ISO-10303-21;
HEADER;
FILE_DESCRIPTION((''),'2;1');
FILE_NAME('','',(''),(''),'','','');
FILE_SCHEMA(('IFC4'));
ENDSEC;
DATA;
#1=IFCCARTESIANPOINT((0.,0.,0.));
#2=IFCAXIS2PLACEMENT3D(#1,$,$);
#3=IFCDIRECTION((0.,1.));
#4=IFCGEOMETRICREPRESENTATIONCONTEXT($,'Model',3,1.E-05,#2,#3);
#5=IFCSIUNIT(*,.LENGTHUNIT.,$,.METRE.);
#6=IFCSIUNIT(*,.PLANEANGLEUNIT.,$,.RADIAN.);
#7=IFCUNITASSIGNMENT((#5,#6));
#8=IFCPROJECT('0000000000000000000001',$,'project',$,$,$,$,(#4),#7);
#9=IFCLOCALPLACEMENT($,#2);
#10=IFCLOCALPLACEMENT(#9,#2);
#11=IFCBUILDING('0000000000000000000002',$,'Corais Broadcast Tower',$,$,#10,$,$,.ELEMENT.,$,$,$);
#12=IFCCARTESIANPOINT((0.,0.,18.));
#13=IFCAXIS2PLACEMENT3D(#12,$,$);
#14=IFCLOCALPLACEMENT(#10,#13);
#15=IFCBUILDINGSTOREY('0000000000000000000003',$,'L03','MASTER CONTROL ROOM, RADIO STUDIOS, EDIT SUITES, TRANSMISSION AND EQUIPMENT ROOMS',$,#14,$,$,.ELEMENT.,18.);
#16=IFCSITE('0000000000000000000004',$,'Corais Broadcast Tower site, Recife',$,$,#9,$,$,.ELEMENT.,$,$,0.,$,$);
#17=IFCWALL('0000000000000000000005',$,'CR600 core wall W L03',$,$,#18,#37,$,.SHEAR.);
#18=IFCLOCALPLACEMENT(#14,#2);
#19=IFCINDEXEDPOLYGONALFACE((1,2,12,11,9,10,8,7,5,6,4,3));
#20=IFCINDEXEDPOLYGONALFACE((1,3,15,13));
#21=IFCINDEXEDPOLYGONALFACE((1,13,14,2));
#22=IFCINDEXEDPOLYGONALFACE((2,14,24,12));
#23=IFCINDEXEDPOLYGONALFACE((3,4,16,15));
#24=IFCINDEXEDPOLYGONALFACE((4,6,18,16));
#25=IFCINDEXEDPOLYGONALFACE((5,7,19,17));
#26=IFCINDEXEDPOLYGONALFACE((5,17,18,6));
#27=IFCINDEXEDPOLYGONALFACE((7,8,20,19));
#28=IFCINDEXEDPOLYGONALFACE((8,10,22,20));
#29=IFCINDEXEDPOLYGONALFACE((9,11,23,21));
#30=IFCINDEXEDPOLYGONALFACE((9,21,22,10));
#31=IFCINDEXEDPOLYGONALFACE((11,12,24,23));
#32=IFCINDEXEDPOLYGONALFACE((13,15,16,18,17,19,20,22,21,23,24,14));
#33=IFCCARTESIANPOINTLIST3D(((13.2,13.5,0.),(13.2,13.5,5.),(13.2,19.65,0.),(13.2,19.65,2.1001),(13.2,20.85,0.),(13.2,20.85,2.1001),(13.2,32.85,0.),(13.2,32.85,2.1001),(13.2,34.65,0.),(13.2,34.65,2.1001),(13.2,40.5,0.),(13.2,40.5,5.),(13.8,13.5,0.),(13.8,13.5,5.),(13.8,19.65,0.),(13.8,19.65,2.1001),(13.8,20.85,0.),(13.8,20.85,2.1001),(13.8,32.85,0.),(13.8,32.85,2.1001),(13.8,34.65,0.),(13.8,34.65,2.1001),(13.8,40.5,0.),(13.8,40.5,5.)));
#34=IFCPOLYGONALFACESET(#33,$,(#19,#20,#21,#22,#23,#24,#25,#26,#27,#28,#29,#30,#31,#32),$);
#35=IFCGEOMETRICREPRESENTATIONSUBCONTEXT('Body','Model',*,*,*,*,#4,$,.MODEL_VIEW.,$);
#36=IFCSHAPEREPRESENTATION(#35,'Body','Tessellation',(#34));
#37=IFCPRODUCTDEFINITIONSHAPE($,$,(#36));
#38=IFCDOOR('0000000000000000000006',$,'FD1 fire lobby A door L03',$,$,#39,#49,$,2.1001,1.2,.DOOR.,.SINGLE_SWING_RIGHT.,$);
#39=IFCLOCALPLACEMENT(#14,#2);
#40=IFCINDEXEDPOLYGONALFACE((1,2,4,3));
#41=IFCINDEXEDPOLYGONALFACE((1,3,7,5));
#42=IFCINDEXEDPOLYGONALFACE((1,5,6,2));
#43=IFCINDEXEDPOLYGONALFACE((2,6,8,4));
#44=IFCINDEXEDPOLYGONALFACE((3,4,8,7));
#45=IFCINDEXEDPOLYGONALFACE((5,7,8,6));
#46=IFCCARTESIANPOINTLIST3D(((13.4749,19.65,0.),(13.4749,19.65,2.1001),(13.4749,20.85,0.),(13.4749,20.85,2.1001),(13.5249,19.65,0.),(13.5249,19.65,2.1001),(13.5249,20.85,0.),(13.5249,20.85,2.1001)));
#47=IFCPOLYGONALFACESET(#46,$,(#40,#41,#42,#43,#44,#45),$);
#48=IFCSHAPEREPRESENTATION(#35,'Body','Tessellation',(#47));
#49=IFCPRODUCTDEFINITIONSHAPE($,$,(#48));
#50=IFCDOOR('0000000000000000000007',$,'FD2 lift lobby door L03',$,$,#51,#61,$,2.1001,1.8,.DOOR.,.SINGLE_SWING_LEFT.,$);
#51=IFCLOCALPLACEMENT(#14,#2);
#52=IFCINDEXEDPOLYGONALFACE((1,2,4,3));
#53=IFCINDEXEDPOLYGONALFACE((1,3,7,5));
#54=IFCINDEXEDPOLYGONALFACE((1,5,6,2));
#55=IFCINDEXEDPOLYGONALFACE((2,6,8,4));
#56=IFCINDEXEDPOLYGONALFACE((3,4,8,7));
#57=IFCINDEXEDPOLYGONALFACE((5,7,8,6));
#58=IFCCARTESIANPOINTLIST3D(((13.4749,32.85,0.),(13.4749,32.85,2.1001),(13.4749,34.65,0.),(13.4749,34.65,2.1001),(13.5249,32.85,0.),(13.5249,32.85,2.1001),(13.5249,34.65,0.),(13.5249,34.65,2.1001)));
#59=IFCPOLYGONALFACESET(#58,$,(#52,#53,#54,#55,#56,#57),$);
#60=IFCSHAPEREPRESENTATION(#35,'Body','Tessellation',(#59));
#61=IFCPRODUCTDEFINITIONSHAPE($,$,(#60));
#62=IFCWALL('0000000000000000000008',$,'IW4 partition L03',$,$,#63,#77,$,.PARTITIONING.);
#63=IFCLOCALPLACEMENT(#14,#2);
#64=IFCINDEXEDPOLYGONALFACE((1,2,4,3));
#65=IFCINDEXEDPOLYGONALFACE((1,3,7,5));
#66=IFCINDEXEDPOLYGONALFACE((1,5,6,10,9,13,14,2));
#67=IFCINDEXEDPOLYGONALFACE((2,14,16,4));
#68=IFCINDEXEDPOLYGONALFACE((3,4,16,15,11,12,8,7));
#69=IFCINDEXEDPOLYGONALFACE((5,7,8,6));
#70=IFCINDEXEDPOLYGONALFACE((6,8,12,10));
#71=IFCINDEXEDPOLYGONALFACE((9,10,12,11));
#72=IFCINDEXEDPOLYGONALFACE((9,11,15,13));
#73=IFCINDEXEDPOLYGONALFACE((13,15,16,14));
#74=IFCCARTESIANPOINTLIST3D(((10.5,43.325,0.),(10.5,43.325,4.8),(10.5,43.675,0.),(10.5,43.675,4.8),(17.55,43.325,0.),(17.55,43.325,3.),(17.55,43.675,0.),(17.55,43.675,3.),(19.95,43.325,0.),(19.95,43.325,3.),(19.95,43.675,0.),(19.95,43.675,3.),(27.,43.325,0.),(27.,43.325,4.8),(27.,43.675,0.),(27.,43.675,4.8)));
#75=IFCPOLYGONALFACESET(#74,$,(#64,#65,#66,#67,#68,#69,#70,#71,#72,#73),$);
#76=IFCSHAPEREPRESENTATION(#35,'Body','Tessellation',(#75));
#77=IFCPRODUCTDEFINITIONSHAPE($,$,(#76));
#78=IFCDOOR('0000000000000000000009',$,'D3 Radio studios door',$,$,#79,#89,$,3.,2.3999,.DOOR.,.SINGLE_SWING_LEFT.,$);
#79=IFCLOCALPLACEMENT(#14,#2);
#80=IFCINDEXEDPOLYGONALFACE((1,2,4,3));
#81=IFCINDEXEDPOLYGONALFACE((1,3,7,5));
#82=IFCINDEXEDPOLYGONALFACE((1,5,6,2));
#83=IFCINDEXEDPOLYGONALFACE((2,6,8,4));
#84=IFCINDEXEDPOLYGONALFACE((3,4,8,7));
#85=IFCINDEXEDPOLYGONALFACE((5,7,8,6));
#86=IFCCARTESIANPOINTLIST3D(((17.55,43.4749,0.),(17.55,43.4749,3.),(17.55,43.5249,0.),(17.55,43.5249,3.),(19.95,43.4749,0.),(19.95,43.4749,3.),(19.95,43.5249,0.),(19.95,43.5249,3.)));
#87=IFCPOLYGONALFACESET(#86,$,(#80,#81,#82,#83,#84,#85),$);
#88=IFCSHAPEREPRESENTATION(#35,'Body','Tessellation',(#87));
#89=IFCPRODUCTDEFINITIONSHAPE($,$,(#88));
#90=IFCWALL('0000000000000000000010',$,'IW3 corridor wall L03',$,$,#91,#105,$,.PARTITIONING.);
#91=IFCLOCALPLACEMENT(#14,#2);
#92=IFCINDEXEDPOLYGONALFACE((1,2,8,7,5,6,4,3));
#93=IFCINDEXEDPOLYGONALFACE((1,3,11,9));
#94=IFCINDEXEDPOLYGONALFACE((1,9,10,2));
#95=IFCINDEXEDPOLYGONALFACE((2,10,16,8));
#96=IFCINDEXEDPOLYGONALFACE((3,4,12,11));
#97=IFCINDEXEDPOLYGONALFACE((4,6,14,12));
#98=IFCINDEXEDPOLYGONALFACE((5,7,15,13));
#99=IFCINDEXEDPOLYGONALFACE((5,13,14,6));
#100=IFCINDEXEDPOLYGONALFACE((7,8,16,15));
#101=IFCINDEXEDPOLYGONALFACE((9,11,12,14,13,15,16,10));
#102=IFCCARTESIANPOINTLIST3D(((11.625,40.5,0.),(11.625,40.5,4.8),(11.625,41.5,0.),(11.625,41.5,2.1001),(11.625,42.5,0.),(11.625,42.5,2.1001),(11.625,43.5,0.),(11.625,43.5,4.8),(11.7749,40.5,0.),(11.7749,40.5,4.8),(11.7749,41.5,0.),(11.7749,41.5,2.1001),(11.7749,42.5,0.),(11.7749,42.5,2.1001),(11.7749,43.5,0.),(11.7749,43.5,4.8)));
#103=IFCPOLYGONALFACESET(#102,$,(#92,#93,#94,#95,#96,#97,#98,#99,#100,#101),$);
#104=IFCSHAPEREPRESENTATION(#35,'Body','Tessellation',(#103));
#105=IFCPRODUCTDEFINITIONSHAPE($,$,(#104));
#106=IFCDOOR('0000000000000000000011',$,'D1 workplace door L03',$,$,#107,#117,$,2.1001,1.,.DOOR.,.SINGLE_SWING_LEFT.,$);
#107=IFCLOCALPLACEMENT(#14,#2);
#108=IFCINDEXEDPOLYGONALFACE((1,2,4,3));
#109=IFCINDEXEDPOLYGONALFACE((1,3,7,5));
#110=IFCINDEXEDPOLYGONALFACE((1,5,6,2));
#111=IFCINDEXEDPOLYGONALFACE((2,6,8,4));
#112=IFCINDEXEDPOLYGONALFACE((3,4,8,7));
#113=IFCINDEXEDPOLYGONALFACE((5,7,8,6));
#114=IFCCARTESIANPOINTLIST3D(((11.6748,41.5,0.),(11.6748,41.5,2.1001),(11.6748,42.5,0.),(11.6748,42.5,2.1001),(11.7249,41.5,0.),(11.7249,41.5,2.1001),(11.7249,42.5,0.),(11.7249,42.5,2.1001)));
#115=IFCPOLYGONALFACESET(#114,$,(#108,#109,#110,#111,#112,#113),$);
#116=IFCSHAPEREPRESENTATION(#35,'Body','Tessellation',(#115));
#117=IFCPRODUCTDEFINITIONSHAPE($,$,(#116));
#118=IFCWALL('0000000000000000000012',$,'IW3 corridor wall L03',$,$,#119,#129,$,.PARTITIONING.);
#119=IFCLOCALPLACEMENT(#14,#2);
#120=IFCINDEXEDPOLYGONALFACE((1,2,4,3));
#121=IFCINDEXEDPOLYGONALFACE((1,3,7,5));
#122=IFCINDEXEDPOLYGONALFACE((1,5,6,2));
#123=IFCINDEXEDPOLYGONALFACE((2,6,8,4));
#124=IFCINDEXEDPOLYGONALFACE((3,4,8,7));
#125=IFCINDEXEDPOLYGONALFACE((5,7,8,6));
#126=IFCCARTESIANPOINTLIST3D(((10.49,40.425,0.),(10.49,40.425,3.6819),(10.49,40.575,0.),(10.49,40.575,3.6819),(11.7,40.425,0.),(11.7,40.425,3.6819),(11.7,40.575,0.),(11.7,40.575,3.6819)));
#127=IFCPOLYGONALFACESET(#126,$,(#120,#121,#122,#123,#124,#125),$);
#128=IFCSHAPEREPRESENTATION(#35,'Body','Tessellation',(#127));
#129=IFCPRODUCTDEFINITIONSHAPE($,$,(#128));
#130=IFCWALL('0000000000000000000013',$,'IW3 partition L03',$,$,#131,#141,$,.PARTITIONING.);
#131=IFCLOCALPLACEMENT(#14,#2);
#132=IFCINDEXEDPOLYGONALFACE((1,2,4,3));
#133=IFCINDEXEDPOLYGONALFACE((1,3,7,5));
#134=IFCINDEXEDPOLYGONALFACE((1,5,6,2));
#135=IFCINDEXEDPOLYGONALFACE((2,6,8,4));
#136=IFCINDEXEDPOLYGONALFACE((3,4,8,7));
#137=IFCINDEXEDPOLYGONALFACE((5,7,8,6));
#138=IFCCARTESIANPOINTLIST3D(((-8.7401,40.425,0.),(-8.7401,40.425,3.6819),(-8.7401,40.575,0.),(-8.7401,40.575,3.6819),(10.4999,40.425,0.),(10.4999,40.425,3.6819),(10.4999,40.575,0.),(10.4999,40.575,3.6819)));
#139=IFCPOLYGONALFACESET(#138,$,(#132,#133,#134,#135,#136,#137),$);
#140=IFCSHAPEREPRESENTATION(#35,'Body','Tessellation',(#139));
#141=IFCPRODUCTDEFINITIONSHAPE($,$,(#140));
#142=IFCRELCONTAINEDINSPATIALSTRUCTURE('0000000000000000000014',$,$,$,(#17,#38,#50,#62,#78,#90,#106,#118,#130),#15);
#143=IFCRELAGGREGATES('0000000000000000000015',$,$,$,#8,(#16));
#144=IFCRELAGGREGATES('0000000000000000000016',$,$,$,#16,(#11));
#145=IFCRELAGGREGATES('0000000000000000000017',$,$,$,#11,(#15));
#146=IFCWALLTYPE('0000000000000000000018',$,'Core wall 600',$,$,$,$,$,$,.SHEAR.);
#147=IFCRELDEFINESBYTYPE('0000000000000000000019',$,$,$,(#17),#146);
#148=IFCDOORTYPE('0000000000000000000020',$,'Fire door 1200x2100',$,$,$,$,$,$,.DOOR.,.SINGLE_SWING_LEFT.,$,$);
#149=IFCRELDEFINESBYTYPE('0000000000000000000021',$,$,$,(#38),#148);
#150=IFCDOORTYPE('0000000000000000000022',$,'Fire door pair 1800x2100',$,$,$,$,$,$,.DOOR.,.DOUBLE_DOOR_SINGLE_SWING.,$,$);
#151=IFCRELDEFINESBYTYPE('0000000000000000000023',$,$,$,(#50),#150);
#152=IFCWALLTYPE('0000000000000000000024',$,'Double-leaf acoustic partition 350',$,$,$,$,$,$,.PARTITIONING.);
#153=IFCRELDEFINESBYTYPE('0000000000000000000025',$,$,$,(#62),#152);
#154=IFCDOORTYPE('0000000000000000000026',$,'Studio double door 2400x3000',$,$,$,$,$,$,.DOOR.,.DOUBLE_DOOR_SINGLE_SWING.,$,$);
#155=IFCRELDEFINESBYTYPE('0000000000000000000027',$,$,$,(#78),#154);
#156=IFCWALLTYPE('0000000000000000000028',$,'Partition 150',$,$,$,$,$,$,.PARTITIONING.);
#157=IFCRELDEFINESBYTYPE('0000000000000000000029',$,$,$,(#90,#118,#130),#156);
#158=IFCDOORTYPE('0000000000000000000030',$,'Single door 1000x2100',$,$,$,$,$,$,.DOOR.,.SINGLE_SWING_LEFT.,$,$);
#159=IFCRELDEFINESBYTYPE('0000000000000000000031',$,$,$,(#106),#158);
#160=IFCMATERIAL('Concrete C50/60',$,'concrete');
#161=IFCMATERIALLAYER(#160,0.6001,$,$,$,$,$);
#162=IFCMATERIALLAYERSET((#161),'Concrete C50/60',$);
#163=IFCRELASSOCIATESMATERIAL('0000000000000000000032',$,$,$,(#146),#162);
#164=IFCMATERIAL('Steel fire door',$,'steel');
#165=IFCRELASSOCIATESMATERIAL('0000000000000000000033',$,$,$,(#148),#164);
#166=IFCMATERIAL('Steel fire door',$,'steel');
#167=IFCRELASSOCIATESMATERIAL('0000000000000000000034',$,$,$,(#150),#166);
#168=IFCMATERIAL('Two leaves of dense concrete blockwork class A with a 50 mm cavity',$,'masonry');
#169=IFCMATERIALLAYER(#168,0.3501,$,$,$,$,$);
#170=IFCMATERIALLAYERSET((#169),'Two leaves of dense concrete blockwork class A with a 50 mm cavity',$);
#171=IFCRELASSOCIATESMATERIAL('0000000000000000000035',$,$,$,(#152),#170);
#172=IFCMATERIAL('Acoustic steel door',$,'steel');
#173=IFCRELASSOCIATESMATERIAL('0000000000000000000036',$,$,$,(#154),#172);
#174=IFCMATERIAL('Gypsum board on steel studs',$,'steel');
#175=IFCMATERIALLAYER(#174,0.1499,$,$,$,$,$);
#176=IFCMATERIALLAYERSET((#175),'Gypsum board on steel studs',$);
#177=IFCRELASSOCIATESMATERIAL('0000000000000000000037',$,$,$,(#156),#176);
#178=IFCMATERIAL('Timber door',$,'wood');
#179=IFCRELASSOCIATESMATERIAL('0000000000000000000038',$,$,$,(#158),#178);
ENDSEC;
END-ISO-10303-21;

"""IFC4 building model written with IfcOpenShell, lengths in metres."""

from ifc_helpers import new_model, si_unit, direction, frame, frame_2d, origin, place, context, subcontext, project, spatial, rectangle, extrude, material, layer, layer_set, type_object, element, fill, save


model = new_model("IFC4")

# Units and contexts
model_context = context("Model", 3, precision=1e-05, world=origin(), true_north=direction((0.0, 1.0)))
body_context = subcontext(model_context, "Body", "Model", "MODEL_VIEW")
ifc_project = project(units=[si_unit("LENGTHUNIT", "METRE"), si_unit("PLANEANGLEUNIT", "RADIAN")], contexts=[model_context])

# Site, building, storey
site_placement = place(None, origin())
site = spatial("IfcSite", under=ifc_project, at=site_placement, Name="Corais Broadcast Tower site, Recife", CompositionType="ELEMENT", RefElevation=0.0)
building_placement = place(site_placement, origin())
building = spatial("IfcBuilding", under=site, at=building_placement, Name="Corais Broadcast Tower", CompositionType="ELEMENT")
storey_placement = place(building_placement, frame((0.0, 0.0, 18.0)))
storey = spatial("IfcBuildingStorey", under=building, at=storey_placement, Name="L03", Description="MASTER CONTROL ROOM, RADIO STUDIOS, EDIT SUITES, TRANSMISSION AND EQUIPMENT ROOMS", CompositionType="ELEMENT", Elevation=18.0)

# Wall, openings, doors
ifc_material_1 = material(Name="Concrete C50/60", Category="concrete")
ifc_layer_1 = layer(ifc_material_1, 0.6001)
ifc_layer_set_1 = layer_set([ifc_layer_1], Name="Concrete C50/60")
wall_type_1 = type_object("IfcWallType", Name="Core wall 600", PredefinedType="SHEAR", material=ifc_layer_set_1)
wall_1_placement = place(storey_placement, frame((13.5, 40.5, 0.0), z_axis=(0.0, 0.0, 1.0), x_axis=(0.0, -1.0, 0.0)))
wall_1 = element("IfcWall", 1, at=wall_1_placement, inside=storey, type_object=wall_type_1, Name="CR600 core wall W L03", PredefinedType="SHEAR", context=body_context, shape_type="SweptSolid", body=[
    extrude(rectangle(XDim=27.0, YDim=0.6001, at=frame_2d((13.5, 0.0))), origin(), (0.0, 0.0, 1.0), 5.0),
])
opening_1_placement = place(wall_1_placement, frame((19.6499, 0.0, 0.0)))
opening_1 = element("IfcOpeningElement", 2, at=opening_1_placement, cuts=wall_1, PredefinedType="OPENING", context=body_context, shape_type="SweptSolid", body=[
    extrude(rectangle(XDim=1.2, YDim=2.1001, at=frame_2d((0.6001, 1.05))), frame((0.0, 0.3101, 0.0), z_axis=(0.0, -1.0, 0.0), x_axis=(1.0, 0.0, 0.0)), (0.0, 0.0, 1.0), 0.6201),
])
opening_2_placement = place(wall_1_placement, frame((5.8501, 0.0, 0.0)))
opening_2 = element("IfcOpeningElement", 3, at=opening_2_placement, cuts=wall_1, PredefinedType="OPENING", context=body_context, shape_type="SweptSolid", body=[
    extrude(rectangle(XDim=1.8, YDim=2.1001, at=frame_2d((0.8999, 1.05))), frame((0.0, 0.3101, 0.0), z_axis=(0.0, -1.0, 0.0), x_axis=(1.0, 0.0, 0.0)), (0.0, 0.0, 1.0), 0.6201),
])
ifc_material_2 = material(Name="Steel fire door", Category="steel")
door_type_1 = type_object("IfcDoorType", Name="Fire door 1200x2100", OperationType="SINGLE_SWING_LEFT", PredefinedType="DOOR", material=ifc_material_2)
door_1_placement = place(opening_1_placement, origin())
door_1 = element("IfcDoor", 4, at=door_1_placement, inside=storey, type_object=door_type_1, Name="FD1 fire lobby A door L03", OperationType="SINGLE_SWING_RIGHT", OverallHeight=2.1001, OverallWidth=1.2, PredefinedType="DOOR", context=body_context, shape_type="SweptSolid", body=[
    extrude(rectangle(XDim=1.2, YDim=2.1001, at=frame_2d((0.6001, 1.05))), frame((0.0, 0.0249, 0.0), z_axis=(0.0, -1.0, 0.0), x_axis=(1.0, 0.0, 0.0)), (0.0, 0.0, 1.0), 0.05),
])
fill(opening_1, door_1)
ifc_material_3 = material(Name="Steel fire door", Category="steel")
door_type_2 = type_object("IfcDoorType", Name="Fire door pair 1800x2100", OperationType="DOUBLE_DOOR_SINGLE_SWING", PredefinedType="DOOR", material=ifc_material_3)
door_2_placement = place(opening_2_placement, origin())
door_2 = element("IfcDoor", 5, at=door_2_placement, inside=storey, type_object=door_type_2, Name="FD2 lift lobby door L03", OperationType="SINGLE_SWING_LEFT", OverallHeight=2.1001, OverallWidth=1.8, PredefinedType="DOOR", context=body_context, shape_type="SweptSolid", body=[
    extrude(rectangle(XDim=1.8, YDim=2.1001, at=frame_2d((0.8999, 1.05))), frame((0.0, 0.0249, 0.0), z_axis=(0.0, -1.0, 0.0), x_axis=(1.0, 0.0, 0.0)), (0.0, 0.0, 1.0), 0.05),
])
fill(opening_2, door_2)

# Walls, openings, doors
ifc_material_4 = material(Name="Two leaves of dense concrete blockwork class A with a 50 mm cavity", Category="masonry")
ifc_layer_2 = layer(ifc_material_4, 0.3501)
ifc_layer_set_2 = layer_set([ifc_layer_2], Name="Two leaves of dense concrete blockwork class A with a 50 mm cavity")
wall_type_2 = type_object("IfcWallType", Name="Double-leaf acoustic partition 350", PredefinedType="PARTITIONING", material=ifc_layer_set_2)
wall_2_placement = place(storey_placement, frame((10.5, 43.5, 0.0), z_axis=(0.0, 0.0, 1.0), x_axis=(1.0, 0.0, 0.0)))
wall_2 = element("IfcWall", 6, at=wall_2_placement, inside=storey, type_object=wall_type_2, Name="IW4 partition L03", PredefinedType="PARTITIONING", context=body_context, shape_type="SweptSolid", body=[
    extrude(rectangle(XDim=16.5, YDim=0.3501, at=frame_2d((8.25, 0.0))), origin(), (0.0, 0.0, 1.0), 4.8),
])
opening_3_placement = place(wall_2_placement, frame((7.05, 0.0, 0.0)))
opening_3 = element("IfcOpeningElement", 7, at=opening_3_placement, cuts=wall_2, PredefinedType="OPENING", context=body_context, shape_type="SweptSolid", body=[
    extrude(rectangle(XDim=2.3999, YDim=3.0, at=frame_2d((1.2, 1.5))), frame((0.0, 0.1851, 0.0), z_axis=(0.0, -1.0, 0.0), x_axis=(1.0, 0.0, 0.0)), (0.0, 0.0, 1.0), 0.3701),
])
ifc_material_5 = material(Name="Acoustic steel door", Category="steel")
door_type_3 = type_object("IfcDoorType", Name="Studio double door 2400x3000", OperationType="DOUBLE_DOOR_SINGLE_SWING", PredefinedType="DOOR", material=ifc_material_5)
door_3_placement = place(opening_3_placement, origin())
door_3 = element("IfcDoor", 8, at=door_3_placement, inside=storey, type_object=door_type_3, Name="D3 Radio studios door", OperationType="SINGLE_SWING_LEFT", OverallHeight=3.0, OverallWidth=2.3999, PredefinedType="DOOR", context=body_context, shape_type="SweptSolid", body=[
    extrude(rectangle(XDim=2.3999, YDim=3.0, at=frame_2d((1.2, 1.5))), frame((0.0, 0.0249, 0.0), z_axis=(0.0, -1.0, 0.0), x_axis=(1.0, 0.0, 0.0)), (0.0, 0.0, 1.0), 0.05),
])
fill(opening_3, door_3)
ifc_material_6 = material(Name="Gypsum board on steel studs", Category="steel")
ifc_layer_3 = layer(ifc_material_6, 0.1499)
ifc_layer_set_3 = layer_set([ifc_layer_3], Name="Gypsum board on steel studs")
wall_type_3 = type_object("IfcWallType", Name="Partition 150", PredefinedType="PARTITIONING", material=ifc_layer_set_3)
wall_3_placement = place(storey_placement, frame((11.7, 43.5, 0.0), z_axis=(0.0, 0.0, 1.0), x_axis=(0.0, -1.0, 0.0)))
wall_3 = element("IfcWall", 9, at=wall_3_placement, inside=storey, type_object=wall_type_3, Name="IW3 corridor wall L03", PredefinedType="PARTITIONING", context=body_context, shape_type="SweptSolid", body=[
    extrude(rectangle(XDim=3.0, YDim=0.1499, at=frame_2d((1.5, 0.0))), origin(), (0.0, 0.0, 1.0), 4.8),
])
opening_4_placement = place(wall_3_placement, frame((1.0, 0.0, 0.0)))
opening_4 = element("IfcOpeningElement", 10, at=opening_4_placement, cuts=wall_3, PredefinedType="OPENING", context=body_context, shape_type="SweptSolid", body=[
    extrude(rectangle(XDim=1.0, YDim=2.1001, at=frame_2d((0.5, 1.05))), frame((0.0, 0.085, 0.0), z_axis=(0.0, -1.0, 0.0), x_axis=(1.0, 0.0, 0.0)), (0.0, 0.0, 1.0), 0.1699),
])
ifc_material_7 = material(Name="Timber door", Category="wood")
door_type_4 = type_object("IfcDoorType", Name="Single door 1000x2100", OperationType="SINGLE_SWING_LEFT", PredefinedType="DOOR", material=ifc_material_7)
door_4_placement = place(opening_4_placement, origin())
door_4 = element("IfcDoor", 11, at=door_4_placement, inside=storey, type_object=door_type_4, Name="D1 workplace door L03", OperationType="SINGLE_SWING_LEFT", OverallHeight=2.1001, OverallWidth=1.0, PredefinedType="DOOR", context=body_context, shape_type="SweptSolid", body=[
    extrude(rectangle(XDim=1.0, YDim=2.1001, at=frame_2d((0.5, 1.05))), frame((0.0, 0.0249, 0.0), z_axis=(0.0, -1.0, 0.0), x_axis=(1.0, 0.0, 0.0)), (0.0, 0.0, 1.0), 0.05),
])
fill(opening_4, door_4)

# Walls
wall_4_placement = place(storey_placement, frame((11.7, 40.5, 0.0), z_axis=(0.0, 0.0, 1.0), x_axis=(-1.0, 0.0, 0.0)))
element("IfcWall", 12, at=wall_4_placement, inside=storey, type_object=wall_type_3, Name="IW3 corridor wall L03", PredefinedType="PARTITIONING", context=body_context, shape_type="SweptSolid", body=[
    extrude(rectangle(XDim=1.21, YDim=0.1499, at=frame_2d((0.605, 0.0))), origin(), (0.0, 0.0, 1.0), 3.6819),
])
wall_5_placement = place(storey_placement, frame((10.5, 40.5, 0.0), z_axis=(0.0, 0.0, 1.0), x_axis=(-1.0, 0.0, 0.0)))
element("IfcWall", 13, at=wall_5_placement, inside=storey, type_object=wall_type_3, Name="IW3 partition L03", PredefinedType="PARTITIONING", context=body_context, shape_type="SweptSolid", body=[
    extrude(rectangle(XDim=19.24, YDim=0.1499, at=frame_2d((9.6201, 0.0))), origin(), (0.0, 0.0, 1.0), 3.6819),
])

save(model, "model.ifc")
